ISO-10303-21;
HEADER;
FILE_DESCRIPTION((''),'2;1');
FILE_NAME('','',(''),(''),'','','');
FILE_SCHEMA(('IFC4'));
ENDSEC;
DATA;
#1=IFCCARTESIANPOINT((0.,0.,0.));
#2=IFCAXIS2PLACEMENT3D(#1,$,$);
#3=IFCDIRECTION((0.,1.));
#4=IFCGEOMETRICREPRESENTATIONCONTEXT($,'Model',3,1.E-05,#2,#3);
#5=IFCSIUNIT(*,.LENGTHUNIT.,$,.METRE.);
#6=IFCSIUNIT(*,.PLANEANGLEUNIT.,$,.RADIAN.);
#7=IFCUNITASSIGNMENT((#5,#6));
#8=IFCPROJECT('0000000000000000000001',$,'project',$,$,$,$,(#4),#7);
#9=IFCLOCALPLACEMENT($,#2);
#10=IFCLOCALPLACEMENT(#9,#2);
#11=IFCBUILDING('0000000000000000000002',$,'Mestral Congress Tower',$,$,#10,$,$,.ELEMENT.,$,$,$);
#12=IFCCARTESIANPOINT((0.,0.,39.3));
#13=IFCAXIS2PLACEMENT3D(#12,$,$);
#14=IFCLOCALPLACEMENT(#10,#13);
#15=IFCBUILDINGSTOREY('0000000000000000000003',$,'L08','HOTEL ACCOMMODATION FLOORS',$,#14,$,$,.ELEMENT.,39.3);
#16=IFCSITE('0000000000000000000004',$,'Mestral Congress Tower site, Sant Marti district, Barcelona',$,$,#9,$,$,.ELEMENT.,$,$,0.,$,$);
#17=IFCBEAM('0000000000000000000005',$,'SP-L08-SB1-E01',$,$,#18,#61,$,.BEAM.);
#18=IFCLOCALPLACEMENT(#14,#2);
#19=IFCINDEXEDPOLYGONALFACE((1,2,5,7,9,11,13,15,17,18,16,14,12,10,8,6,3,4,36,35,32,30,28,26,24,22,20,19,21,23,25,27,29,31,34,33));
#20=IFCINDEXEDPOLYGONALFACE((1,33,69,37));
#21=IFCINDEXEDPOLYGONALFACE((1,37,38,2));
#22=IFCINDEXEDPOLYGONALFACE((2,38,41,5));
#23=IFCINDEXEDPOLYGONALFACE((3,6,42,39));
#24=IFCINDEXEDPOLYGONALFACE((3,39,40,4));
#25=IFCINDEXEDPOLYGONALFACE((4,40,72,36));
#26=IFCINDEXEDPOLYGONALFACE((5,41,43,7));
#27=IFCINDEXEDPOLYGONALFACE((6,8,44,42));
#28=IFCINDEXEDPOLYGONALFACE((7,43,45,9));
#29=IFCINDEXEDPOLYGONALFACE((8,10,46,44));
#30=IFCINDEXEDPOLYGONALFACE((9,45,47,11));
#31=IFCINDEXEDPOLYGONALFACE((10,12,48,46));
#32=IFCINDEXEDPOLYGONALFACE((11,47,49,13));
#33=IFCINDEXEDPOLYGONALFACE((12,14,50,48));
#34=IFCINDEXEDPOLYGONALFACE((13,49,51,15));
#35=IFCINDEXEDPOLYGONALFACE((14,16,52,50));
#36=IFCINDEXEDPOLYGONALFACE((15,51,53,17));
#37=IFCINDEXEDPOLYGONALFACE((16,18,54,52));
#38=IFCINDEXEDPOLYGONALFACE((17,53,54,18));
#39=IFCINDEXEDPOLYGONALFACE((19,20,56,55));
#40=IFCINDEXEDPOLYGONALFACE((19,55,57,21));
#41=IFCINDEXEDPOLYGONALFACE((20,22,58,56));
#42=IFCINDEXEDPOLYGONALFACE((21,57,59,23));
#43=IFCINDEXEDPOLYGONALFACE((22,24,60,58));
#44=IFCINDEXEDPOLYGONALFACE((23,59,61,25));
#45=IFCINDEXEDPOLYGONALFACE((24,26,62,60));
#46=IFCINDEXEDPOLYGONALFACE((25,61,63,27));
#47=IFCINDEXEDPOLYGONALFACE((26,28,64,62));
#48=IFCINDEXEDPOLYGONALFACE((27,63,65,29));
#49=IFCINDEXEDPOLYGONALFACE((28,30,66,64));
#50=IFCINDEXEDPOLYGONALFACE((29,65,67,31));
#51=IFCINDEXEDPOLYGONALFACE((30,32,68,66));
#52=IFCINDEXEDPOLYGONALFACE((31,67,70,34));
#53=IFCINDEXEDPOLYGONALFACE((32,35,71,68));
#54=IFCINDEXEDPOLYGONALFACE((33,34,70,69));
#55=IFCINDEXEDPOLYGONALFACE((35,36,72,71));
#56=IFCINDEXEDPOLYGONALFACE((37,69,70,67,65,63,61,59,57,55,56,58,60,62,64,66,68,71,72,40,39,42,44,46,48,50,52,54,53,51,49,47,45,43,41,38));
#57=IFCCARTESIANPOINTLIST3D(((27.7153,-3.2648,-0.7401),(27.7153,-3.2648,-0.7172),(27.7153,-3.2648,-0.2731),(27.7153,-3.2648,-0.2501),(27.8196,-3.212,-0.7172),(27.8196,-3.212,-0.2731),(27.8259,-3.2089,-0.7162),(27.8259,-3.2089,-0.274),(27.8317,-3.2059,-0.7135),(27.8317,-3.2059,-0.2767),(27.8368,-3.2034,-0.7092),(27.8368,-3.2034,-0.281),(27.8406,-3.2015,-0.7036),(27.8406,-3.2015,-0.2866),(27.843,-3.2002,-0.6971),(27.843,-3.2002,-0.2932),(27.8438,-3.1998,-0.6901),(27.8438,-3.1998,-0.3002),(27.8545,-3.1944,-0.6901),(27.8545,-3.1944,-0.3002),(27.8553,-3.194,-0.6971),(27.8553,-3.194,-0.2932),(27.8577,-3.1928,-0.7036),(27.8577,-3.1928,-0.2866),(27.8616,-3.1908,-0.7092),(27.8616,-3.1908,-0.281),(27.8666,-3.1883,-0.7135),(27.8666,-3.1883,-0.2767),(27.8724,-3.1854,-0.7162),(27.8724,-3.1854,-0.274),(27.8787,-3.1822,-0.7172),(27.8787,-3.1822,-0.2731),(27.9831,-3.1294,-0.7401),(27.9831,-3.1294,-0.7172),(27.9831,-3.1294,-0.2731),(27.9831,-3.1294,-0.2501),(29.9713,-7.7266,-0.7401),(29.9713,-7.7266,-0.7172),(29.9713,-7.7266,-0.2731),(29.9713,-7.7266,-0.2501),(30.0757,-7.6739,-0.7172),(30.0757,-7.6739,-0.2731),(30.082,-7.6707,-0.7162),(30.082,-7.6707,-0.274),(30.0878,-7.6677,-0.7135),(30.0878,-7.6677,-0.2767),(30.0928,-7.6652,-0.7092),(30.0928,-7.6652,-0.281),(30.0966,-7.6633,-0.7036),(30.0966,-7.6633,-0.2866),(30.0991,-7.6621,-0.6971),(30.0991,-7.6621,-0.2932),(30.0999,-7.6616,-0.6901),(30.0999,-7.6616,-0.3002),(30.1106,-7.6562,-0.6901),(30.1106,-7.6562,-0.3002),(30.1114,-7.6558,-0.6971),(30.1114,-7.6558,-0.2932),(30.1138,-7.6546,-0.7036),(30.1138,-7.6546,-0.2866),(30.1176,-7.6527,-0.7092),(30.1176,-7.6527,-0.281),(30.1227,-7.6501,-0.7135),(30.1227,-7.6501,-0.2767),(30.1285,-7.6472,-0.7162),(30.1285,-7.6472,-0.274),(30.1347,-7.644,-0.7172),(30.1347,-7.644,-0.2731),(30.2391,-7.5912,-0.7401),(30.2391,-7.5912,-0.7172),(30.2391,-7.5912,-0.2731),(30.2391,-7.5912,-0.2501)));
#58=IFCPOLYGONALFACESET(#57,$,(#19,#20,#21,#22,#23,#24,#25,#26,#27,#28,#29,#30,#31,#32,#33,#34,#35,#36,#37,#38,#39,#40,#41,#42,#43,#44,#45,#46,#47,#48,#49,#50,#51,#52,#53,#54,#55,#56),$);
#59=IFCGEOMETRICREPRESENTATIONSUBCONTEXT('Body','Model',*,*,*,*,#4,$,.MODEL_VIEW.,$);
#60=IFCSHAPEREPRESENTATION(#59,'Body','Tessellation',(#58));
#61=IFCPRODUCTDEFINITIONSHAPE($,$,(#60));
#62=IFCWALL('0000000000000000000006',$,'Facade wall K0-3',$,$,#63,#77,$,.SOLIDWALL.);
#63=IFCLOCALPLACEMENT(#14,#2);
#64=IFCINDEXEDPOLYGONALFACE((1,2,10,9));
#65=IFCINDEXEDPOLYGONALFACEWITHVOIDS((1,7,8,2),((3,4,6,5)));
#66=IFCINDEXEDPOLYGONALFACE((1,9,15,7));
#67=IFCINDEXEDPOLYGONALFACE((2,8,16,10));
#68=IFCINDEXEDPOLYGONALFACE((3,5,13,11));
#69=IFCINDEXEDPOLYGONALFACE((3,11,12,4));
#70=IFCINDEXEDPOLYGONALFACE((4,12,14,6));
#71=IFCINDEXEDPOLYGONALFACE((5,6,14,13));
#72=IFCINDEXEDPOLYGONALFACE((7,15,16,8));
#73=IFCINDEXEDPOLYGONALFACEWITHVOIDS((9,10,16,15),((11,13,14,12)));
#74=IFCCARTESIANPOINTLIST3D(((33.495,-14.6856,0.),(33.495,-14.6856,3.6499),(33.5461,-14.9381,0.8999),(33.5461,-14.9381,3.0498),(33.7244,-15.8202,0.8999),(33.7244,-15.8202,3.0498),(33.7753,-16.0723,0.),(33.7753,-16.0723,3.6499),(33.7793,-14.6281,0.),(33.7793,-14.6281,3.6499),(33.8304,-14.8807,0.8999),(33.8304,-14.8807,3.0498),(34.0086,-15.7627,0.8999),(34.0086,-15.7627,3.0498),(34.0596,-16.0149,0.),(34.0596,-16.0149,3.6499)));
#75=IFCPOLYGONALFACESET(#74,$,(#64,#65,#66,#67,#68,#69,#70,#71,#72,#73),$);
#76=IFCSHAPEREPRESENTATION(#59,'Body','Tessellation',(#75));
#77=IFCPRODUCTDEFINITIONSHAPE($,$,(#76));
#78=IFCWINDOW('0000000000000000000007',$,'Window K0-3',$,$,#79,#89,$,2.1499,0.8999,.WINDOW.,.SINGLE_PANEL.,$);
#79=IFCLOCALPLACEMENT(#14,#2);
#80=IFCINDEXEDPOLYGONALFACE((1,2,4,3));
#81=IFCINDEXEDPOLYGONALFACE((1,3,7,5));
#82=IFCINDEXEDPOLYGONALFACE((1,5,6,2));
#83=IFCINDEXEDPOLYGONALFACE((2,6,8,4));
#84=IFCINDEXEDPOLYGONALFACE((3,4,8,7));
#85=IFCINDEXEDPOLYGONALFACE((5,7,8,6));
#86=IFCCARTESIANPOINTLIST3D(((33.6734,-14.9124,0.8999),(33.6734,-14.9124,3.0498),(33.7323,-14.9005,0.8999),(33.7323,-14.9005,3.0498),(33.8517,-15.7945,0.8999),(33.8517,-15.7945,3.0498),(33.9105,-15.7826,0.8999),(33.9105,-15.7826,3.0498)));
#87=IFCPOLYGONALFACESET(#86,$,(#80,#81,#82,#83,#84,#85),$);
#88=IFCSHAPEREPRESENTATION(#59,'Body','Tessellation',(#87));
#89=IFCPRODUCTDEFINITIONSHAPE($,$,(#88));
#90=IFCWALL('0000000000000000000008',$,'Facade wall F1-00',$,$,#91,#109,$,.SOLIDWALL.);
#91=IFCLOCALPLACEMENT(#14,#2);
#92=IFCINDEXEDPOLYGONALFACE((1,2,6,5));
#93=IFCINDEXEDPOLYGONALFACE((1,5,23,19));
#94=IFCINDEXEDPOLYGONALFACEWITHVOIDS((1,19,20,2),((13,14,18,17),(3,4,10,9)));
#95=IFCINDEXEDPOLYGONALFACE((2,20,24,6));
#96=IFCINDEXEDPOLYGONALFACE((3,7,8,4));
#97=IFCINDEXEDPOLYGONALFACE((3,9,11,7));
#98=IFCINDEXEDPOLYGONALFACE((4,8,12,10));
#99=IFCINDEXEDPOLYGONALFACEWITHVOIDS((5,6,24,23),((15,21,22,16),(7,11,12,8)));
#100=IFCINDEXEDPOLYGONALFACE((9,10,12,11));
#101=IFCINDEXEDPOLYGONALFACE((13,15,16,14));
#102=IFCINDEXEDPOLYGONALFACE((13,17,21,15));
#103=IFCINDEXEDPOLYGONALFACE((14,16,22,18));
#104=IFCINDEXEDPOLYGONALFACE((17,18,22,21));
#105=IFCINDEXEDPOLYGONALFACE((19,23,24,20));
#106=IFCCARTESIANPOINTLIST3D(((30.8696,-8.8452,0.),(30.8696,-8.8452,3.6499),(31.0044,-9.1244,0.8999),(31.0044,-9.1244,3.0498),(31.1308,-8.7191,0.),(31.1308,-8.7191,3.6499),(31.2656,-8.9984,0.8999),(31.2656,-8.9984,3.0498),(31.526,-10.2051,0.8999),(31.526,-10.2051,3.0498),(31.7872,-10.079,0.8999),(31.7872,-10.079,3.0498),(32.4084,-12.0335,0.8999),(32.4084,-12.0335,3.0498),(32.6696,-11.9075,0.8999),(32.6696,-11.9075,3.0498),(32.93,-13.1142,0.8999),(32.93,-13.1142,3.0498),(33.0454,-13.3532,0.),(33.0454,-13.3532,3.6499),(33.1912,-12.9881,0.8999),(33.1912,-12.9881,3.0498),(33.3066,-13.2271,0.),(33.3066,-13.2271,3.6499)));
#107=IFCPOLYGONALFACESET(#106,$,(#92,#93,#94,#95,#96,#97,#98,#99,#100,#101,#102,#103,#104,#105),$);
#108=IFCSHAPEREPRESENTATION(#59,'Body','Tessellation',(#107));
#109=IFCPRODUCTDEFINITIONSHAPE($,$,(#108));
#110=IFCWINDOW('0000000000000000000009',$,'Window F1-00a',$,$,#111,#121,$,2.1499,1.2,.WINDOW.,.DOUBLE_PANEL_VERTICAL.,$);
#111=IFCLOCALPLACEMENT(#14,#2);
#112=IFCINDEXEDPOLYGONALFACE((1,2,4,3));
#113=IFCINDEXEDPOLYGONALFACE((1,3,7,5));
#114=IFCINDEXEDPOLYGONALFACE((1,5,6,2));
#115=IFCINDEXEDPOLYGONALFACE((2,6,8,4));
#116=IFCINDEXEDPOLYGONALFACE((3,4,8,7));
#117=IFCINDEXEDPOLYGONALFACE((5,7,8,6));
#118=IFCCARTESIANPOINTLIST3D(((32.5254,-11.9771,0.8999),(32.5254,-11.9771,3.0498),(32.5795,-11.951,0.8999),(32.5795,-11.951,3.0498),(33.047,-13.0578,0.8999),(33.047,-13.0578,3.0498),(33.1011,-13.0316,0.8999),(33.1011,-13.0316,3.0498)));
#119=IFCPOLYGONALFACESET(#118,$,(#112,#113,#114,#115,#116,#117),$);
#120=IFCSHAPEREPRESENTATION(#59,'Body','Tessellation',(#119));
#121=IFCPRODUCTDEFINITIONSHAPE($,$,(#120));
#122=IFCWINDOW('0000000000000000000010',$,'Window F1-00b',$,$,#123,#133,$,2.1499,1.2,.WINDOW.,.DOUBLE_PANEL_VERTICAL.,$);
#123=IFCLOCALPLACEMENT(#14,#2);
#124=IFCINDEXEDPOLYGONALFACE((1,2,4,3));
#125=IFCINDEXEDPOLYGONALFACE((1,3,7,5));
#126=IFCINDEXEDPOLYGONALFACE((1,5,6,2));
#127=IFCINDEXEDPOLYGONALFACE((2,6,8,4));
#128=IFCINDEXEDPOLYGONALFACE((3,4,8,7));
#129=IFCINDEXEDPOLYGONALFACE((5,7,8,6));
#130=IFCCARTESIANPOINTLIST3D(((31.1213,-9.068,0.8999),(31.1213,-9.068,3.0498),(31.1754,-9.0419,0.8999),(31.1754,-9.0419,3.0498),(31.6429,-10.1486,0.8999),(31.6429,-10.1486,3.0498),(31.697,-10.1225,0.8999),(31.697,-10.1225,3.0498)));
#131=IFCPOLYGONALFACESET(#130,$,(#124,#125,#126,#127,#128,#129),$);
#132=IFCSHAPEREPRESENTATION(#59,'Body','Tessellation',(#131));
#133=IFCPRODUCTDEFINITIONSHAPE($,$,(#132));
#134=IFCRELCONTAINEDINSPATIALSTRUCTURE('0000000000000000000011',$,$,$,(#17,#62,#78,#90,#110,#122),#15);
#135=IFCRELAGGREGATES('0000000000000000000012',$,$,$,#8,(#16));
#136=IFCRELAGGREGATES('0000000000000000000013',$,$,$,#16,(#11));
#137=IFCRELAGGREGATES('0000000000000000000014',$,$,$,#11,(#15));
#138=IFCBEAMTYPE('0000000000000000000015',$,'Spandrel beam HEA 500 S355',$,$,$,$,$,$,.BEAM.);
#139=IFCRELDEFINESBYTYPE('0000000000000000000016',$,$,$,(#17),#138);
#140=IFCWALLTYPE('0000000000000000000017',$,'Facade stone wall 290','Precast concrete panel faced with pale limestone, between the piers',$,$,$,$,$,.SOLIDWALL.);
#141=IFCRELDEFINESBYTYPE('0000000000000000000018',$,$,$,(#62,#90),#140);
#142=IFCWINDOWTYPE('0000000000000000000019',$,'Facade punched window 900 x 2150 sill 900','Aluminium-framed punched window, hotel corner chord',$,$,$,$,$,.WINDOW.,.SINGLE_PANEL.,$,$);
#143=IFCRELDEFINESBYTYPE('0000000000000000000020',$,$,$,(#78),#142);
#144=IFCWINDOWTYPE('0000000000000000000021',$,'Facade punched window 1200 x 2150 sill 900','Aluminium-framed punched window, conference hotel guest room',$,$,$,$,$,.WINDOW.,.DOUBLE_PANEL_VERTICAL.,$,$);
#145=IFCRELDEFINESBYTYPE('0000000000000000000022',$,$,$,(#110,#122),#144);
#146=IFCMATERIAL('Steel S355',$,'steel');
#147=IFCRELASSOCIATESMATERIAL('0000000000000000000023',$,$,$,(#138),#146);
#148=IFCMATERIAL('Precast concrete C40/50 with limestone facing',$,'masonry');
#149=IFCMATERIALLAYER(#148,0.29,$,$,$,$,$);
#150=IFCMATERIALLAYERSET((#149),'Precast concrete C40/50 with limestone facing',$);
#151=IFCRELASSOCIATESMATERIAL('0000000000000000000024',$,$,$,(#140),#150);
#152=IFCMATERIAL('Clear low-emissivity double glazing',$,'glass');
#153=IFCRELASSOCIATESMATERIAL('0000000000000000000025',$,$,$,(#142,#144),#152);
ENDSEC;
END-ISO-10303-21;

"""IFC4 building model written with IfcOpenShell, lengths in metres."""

from ifc_helpers import new_model, si_unit, direction, frame, frame_2d, origin, origin_2d, place, context, subcontext, project, spatial, rectangle, i_section, extrude, material, layer, layer_set, material_profile, profile_set, type_object, element, fill, save


model = new_model("IFC4")

# Units and contexts
model_context = context("Model", 3, precision=1e-05, world=origin(), true_north=direction((0.0, 1.0)))
body_context = subcontext(model_context, "Body", "Model", "MODEL_VIEW")
ifc_project = project(units=[si_unit("LENGTHUNIT", "METRE"), si_unit("PLANEANGLEUNIT", "RADIAN")], contexts=[model_context])

# Site, building, storey
site_placement = place(None, origin())
site = spatial("IfcSite", under=ifc_project, at=site_placement, Name="Mestral Congress Tower site, Sant Marti district, Barcelona", CompositionType="ELEMENT", RefElevation=0.0)
building_placement = place(site_placement, origin())
building = spatial("IfcBuilding", under=site, at=building_placement, Name="Mestral Congress Tower", CompositionType="ELEMENT")
storey_placement = place(building_placement, frame((0.0, 0.0, 39.3)))
storey = spatial("IfcBuildingStorey", under=building, at=storey_placement, Name="L08", Description="HOTEL ACCOMMODATION FLOORS", CompositionType="ELEMENT", Elevation=39.3)

# Beam
ifc_material_1 = material(Name="Steel S355", Category="steel")
ifc_material_profile_1 = material_profile(ifc_material_1, i_section(OverallWidth=0.3, OverallDepth=0.49, WebThickness=0.012, FlangeThickness=0.0229, FilletRadius=0.0271, at=origin_2d()), Name="HEA 500")
ifc_profile_set_1 = profile_set([ifc_material_profile_1], Name="Steel S355")
beam_type_1 = type_object("IfcBeamType", Name="Spandrel beam HEA 500 S355", PredefinedType="BEAM", material=ifc_profile_set_1)
beam_1_placement = place(storey_placement, frame((30.1052, -7.6589, -0.4951), z_axis=(-0.451233, 0.892406, 0.0), x_axis=(-0.892406, -0.451233, 0.0)))
element("IfcBeam", 1, at=beam_1_placement, inside=storey, type_object=beam_type_1, Name="SP-L08-SB1-E01", PredefinedType="BEAM", context=body_context, shape_type="SweptSolid", body=[
    extrude(i_section(OverallWidth=0.3, OverallDepth=0.49, WebThickness=0.012, FlangeThickness=0.0229, FilletRadius=0.0271, at=origin_2d()), origin(), (0.0, 0.0, 1.0), 4.9998),
])

# Wall, opening, window
ifc_material_2 = material(Name="Precast concrete C40/50 with limestone facing", Category="masonry")
ifc_layer_1 = layer(ifc_material_2, 0.29)
ifc_layer_set_1 = layer_set([ifc_layer_1], Name="Precast concrete C40/50 with limestone facing")
wall_type_1 = type_object("IfcWallType", Name="Facade stone wall 290", Description="Precast concrete panel faced with pale limestone, between the piers", PredefinedType="SOLIDWALL", material=ifc_layer_set_1)
wall_1_placement = place(storey_placement, frame((33.9175, -16.0437, 0.0), z_axis=(0.0, 0.0, 1.0), x_axis=(-0.198107, 0.98018, 0.0)))
wall_1 = element("IfcWall", 2, at=wall_1_placement, inside=storey, type_object=wall_type_1, Name="Facade wall K0-3", PredefinedType="SOLIDWALL", context=body_context, shape_type="SweptSolid", body=[
    extrude(rectangle(XDim=1.4148, YDim=0.29, at=frame_2d((0.7075, 0.0))), origin(), (0.0, 0.0, 1.0), 3.6499),
])
opening_1_placement = place(wall_1_placement, frame((0.2573, 0.0, 0.8999)))
opening_1 = element("IfcOpeningElement", 3, at=opening_1_placement, cuts=wall_1, PredefinedType="OPENING", context=body_context, shape_type="SweptSolid", body=[
    extrude(rectangle(XDim=0.8999, YDim=2.1499, at=frame_2d((0.45, 1.075))), frame((0.0, 0.155, 0.0), z_axis=(0.0, -1.0, 0.0), x_axis=(1.0, 0.0, 0.0)), (0.0, 0.0, 1.0), 0.3101),
])
ifc_material_3 = material(Name="Clear low-emissivity double glazing", Category="glass")
window_type_1 = type_object("IfcWindowType", Name="Facade punched window 900 x 2150 sill 900", Description="Aluminium-framed punched window, hotel corner chord", PartitioningType="SINGLE_PANEL", PredefinedType="WINDOW", material=ifc_material_3)
window_1_placement = place(opening_1_placement, origin())
window_1 = element("IfcWindow", 4, at=window_1_placement, inside=storey, type_object=window_type_1, Name="Window K0-3", OverallHeight=2.1499, OverallWidth=0.8999, PartitioningType="SINGLE_PANEL", PredefinedType="WINDOW", context=body_context, shape_type="SweptSolid", body=[
    extrude(rectangle(XDim=0.8999, YDim=2.1499, at=frame_2d((0.45, 1.075))), frame((0.0, 0.0151, 0.0), z_axis=(0.0, -1.0, 0.0), x_axis=(1.0, 0.0, 0.0)), (0.0, 0.0, 1.0), 0.0601),
])
fill(opening_1, window_1)

# Wall, openings, windows
wall_2_placement = place(storey_placement, frame((33.176, -13.2903, 0.0), z_axis=(0.0, 0.0, 1.0), x_axis=(-0.434664, 0.900592, 0.0)))
wall_2 = element("IfcWall", 5, at=wall_2_placement, inside=storey, type_object=wall_type_1, Name="Facade wall F1-00", PredefinedType="SOLIDWALL", context=body_context, shape_type="SweptSolid", body=[
    extrude(rectangle(XDim=5.0056, YDim=0.29, at=frame_2d((2.5029, 0.0))), origin(), (0.0, 0.0, 1.0), 3.6499),
])
opening_2_placement = place(wall_2_placement, frame((0.2654, 0.0, 0.8999)))
opening_2 = element("IfcOpeningElement", 6, at=opening_2_placement, cuts=wall_2, PredefinedType="OPENING", context=body_context, shape_type="SweptSolid", body=[
    extrude(rectangle(XDim=1.2, YDim=2.1499, at=frame_2d((0.6001, 1.075))), frame((0.0, 0.155, 0.0), z_axis=(0.0, -1.0, 0.0), x_axis=(1.0, 0.0, 0.0)), (0.0, 0.0, 1.0), 0.3101),
])
opening_3_placement = place(wall_2_placement, frame((3.4956, 0.0, 0.8999)))
opening_3 = element("IfcOpeningElement", 7, at=opening_3_placement, cuts=wall_2, PredefinedType="OPENING", context=body_context, shape_type="SweptSolid", body=[
    extrude(rectangle(XDim=1.2, YDim=2.1499, at=frame_2d((0.6001, 1.075))), frame((0.0, 0.155, 0.0), z_axis=(0.0, -1.0, 0.0), x_axis=(1.0, 0.0, 0.0)), (0.0, 0.0, 1.0), 0.3101),
])
window_type_2 = type_object("IfcWindowType", Name="Facade punched window 1200 x 2150 sill 900", Description="Aluminium-framed punched window, conference hotel guest room", PartitioningType="DOUBLE_PANEL_VERTICAL", PredefinedType="WINDOW", material=ifc_material_3)
window_2_placement = place(opening_2_placement, origin())
window_2 = element("IfcWindow", 8, at=window_2_placement, inside=storey, type_object=window_type_2, Name="Window F1-00a", OverallHeight=2.1499, OverallWidth=1.2, PartitioningType="DOUBLE_PANEL_VERTICAL", PredefinedType="WINDOW", context=body_context, shape_type="SweptSolid", body=[
    extrude(rectangle(XDim=1.2, YDim=2.1499, at=frame_2d((0.6001, 1.075))), frame((0.0, 0.0151, 0.0), z_axis=(0.0, -1.0, 0.0), x_axis=(1.0, 0.0, 0.0)), (0.0, 0.0, 1.0), 0.0601),
])
fill(opening_2, window_2)
window_3_placement = place(opening_3_placement, origin())
window_3 = element("IfcWindow", 9, at=window_3_placement, inside=storey, type_object=window_type_2, Name="Window F1-00b", OverallHeight=2.1499, OverallWidth=1.2, PartitioningType="DOUBLE_PANEL_VERTICAL", PredefinedType="WINDOW", context=body_context, shape_type="SweptSolid", body=[
    extrude(rectangle(XDim=1.2, YDim=2.1499, at=frame_2d((0.6001, 1.075))), frame((0.0, 0.0151, 0.0), z_axis=(0.0, -1.0, 0.0), x_axis=(1.0, 0.0, 0.0)), (0.0, 0.0, 1.0), 0.0601),
])
fill(opening_3, window_3)

save(model, "model.ifc")
